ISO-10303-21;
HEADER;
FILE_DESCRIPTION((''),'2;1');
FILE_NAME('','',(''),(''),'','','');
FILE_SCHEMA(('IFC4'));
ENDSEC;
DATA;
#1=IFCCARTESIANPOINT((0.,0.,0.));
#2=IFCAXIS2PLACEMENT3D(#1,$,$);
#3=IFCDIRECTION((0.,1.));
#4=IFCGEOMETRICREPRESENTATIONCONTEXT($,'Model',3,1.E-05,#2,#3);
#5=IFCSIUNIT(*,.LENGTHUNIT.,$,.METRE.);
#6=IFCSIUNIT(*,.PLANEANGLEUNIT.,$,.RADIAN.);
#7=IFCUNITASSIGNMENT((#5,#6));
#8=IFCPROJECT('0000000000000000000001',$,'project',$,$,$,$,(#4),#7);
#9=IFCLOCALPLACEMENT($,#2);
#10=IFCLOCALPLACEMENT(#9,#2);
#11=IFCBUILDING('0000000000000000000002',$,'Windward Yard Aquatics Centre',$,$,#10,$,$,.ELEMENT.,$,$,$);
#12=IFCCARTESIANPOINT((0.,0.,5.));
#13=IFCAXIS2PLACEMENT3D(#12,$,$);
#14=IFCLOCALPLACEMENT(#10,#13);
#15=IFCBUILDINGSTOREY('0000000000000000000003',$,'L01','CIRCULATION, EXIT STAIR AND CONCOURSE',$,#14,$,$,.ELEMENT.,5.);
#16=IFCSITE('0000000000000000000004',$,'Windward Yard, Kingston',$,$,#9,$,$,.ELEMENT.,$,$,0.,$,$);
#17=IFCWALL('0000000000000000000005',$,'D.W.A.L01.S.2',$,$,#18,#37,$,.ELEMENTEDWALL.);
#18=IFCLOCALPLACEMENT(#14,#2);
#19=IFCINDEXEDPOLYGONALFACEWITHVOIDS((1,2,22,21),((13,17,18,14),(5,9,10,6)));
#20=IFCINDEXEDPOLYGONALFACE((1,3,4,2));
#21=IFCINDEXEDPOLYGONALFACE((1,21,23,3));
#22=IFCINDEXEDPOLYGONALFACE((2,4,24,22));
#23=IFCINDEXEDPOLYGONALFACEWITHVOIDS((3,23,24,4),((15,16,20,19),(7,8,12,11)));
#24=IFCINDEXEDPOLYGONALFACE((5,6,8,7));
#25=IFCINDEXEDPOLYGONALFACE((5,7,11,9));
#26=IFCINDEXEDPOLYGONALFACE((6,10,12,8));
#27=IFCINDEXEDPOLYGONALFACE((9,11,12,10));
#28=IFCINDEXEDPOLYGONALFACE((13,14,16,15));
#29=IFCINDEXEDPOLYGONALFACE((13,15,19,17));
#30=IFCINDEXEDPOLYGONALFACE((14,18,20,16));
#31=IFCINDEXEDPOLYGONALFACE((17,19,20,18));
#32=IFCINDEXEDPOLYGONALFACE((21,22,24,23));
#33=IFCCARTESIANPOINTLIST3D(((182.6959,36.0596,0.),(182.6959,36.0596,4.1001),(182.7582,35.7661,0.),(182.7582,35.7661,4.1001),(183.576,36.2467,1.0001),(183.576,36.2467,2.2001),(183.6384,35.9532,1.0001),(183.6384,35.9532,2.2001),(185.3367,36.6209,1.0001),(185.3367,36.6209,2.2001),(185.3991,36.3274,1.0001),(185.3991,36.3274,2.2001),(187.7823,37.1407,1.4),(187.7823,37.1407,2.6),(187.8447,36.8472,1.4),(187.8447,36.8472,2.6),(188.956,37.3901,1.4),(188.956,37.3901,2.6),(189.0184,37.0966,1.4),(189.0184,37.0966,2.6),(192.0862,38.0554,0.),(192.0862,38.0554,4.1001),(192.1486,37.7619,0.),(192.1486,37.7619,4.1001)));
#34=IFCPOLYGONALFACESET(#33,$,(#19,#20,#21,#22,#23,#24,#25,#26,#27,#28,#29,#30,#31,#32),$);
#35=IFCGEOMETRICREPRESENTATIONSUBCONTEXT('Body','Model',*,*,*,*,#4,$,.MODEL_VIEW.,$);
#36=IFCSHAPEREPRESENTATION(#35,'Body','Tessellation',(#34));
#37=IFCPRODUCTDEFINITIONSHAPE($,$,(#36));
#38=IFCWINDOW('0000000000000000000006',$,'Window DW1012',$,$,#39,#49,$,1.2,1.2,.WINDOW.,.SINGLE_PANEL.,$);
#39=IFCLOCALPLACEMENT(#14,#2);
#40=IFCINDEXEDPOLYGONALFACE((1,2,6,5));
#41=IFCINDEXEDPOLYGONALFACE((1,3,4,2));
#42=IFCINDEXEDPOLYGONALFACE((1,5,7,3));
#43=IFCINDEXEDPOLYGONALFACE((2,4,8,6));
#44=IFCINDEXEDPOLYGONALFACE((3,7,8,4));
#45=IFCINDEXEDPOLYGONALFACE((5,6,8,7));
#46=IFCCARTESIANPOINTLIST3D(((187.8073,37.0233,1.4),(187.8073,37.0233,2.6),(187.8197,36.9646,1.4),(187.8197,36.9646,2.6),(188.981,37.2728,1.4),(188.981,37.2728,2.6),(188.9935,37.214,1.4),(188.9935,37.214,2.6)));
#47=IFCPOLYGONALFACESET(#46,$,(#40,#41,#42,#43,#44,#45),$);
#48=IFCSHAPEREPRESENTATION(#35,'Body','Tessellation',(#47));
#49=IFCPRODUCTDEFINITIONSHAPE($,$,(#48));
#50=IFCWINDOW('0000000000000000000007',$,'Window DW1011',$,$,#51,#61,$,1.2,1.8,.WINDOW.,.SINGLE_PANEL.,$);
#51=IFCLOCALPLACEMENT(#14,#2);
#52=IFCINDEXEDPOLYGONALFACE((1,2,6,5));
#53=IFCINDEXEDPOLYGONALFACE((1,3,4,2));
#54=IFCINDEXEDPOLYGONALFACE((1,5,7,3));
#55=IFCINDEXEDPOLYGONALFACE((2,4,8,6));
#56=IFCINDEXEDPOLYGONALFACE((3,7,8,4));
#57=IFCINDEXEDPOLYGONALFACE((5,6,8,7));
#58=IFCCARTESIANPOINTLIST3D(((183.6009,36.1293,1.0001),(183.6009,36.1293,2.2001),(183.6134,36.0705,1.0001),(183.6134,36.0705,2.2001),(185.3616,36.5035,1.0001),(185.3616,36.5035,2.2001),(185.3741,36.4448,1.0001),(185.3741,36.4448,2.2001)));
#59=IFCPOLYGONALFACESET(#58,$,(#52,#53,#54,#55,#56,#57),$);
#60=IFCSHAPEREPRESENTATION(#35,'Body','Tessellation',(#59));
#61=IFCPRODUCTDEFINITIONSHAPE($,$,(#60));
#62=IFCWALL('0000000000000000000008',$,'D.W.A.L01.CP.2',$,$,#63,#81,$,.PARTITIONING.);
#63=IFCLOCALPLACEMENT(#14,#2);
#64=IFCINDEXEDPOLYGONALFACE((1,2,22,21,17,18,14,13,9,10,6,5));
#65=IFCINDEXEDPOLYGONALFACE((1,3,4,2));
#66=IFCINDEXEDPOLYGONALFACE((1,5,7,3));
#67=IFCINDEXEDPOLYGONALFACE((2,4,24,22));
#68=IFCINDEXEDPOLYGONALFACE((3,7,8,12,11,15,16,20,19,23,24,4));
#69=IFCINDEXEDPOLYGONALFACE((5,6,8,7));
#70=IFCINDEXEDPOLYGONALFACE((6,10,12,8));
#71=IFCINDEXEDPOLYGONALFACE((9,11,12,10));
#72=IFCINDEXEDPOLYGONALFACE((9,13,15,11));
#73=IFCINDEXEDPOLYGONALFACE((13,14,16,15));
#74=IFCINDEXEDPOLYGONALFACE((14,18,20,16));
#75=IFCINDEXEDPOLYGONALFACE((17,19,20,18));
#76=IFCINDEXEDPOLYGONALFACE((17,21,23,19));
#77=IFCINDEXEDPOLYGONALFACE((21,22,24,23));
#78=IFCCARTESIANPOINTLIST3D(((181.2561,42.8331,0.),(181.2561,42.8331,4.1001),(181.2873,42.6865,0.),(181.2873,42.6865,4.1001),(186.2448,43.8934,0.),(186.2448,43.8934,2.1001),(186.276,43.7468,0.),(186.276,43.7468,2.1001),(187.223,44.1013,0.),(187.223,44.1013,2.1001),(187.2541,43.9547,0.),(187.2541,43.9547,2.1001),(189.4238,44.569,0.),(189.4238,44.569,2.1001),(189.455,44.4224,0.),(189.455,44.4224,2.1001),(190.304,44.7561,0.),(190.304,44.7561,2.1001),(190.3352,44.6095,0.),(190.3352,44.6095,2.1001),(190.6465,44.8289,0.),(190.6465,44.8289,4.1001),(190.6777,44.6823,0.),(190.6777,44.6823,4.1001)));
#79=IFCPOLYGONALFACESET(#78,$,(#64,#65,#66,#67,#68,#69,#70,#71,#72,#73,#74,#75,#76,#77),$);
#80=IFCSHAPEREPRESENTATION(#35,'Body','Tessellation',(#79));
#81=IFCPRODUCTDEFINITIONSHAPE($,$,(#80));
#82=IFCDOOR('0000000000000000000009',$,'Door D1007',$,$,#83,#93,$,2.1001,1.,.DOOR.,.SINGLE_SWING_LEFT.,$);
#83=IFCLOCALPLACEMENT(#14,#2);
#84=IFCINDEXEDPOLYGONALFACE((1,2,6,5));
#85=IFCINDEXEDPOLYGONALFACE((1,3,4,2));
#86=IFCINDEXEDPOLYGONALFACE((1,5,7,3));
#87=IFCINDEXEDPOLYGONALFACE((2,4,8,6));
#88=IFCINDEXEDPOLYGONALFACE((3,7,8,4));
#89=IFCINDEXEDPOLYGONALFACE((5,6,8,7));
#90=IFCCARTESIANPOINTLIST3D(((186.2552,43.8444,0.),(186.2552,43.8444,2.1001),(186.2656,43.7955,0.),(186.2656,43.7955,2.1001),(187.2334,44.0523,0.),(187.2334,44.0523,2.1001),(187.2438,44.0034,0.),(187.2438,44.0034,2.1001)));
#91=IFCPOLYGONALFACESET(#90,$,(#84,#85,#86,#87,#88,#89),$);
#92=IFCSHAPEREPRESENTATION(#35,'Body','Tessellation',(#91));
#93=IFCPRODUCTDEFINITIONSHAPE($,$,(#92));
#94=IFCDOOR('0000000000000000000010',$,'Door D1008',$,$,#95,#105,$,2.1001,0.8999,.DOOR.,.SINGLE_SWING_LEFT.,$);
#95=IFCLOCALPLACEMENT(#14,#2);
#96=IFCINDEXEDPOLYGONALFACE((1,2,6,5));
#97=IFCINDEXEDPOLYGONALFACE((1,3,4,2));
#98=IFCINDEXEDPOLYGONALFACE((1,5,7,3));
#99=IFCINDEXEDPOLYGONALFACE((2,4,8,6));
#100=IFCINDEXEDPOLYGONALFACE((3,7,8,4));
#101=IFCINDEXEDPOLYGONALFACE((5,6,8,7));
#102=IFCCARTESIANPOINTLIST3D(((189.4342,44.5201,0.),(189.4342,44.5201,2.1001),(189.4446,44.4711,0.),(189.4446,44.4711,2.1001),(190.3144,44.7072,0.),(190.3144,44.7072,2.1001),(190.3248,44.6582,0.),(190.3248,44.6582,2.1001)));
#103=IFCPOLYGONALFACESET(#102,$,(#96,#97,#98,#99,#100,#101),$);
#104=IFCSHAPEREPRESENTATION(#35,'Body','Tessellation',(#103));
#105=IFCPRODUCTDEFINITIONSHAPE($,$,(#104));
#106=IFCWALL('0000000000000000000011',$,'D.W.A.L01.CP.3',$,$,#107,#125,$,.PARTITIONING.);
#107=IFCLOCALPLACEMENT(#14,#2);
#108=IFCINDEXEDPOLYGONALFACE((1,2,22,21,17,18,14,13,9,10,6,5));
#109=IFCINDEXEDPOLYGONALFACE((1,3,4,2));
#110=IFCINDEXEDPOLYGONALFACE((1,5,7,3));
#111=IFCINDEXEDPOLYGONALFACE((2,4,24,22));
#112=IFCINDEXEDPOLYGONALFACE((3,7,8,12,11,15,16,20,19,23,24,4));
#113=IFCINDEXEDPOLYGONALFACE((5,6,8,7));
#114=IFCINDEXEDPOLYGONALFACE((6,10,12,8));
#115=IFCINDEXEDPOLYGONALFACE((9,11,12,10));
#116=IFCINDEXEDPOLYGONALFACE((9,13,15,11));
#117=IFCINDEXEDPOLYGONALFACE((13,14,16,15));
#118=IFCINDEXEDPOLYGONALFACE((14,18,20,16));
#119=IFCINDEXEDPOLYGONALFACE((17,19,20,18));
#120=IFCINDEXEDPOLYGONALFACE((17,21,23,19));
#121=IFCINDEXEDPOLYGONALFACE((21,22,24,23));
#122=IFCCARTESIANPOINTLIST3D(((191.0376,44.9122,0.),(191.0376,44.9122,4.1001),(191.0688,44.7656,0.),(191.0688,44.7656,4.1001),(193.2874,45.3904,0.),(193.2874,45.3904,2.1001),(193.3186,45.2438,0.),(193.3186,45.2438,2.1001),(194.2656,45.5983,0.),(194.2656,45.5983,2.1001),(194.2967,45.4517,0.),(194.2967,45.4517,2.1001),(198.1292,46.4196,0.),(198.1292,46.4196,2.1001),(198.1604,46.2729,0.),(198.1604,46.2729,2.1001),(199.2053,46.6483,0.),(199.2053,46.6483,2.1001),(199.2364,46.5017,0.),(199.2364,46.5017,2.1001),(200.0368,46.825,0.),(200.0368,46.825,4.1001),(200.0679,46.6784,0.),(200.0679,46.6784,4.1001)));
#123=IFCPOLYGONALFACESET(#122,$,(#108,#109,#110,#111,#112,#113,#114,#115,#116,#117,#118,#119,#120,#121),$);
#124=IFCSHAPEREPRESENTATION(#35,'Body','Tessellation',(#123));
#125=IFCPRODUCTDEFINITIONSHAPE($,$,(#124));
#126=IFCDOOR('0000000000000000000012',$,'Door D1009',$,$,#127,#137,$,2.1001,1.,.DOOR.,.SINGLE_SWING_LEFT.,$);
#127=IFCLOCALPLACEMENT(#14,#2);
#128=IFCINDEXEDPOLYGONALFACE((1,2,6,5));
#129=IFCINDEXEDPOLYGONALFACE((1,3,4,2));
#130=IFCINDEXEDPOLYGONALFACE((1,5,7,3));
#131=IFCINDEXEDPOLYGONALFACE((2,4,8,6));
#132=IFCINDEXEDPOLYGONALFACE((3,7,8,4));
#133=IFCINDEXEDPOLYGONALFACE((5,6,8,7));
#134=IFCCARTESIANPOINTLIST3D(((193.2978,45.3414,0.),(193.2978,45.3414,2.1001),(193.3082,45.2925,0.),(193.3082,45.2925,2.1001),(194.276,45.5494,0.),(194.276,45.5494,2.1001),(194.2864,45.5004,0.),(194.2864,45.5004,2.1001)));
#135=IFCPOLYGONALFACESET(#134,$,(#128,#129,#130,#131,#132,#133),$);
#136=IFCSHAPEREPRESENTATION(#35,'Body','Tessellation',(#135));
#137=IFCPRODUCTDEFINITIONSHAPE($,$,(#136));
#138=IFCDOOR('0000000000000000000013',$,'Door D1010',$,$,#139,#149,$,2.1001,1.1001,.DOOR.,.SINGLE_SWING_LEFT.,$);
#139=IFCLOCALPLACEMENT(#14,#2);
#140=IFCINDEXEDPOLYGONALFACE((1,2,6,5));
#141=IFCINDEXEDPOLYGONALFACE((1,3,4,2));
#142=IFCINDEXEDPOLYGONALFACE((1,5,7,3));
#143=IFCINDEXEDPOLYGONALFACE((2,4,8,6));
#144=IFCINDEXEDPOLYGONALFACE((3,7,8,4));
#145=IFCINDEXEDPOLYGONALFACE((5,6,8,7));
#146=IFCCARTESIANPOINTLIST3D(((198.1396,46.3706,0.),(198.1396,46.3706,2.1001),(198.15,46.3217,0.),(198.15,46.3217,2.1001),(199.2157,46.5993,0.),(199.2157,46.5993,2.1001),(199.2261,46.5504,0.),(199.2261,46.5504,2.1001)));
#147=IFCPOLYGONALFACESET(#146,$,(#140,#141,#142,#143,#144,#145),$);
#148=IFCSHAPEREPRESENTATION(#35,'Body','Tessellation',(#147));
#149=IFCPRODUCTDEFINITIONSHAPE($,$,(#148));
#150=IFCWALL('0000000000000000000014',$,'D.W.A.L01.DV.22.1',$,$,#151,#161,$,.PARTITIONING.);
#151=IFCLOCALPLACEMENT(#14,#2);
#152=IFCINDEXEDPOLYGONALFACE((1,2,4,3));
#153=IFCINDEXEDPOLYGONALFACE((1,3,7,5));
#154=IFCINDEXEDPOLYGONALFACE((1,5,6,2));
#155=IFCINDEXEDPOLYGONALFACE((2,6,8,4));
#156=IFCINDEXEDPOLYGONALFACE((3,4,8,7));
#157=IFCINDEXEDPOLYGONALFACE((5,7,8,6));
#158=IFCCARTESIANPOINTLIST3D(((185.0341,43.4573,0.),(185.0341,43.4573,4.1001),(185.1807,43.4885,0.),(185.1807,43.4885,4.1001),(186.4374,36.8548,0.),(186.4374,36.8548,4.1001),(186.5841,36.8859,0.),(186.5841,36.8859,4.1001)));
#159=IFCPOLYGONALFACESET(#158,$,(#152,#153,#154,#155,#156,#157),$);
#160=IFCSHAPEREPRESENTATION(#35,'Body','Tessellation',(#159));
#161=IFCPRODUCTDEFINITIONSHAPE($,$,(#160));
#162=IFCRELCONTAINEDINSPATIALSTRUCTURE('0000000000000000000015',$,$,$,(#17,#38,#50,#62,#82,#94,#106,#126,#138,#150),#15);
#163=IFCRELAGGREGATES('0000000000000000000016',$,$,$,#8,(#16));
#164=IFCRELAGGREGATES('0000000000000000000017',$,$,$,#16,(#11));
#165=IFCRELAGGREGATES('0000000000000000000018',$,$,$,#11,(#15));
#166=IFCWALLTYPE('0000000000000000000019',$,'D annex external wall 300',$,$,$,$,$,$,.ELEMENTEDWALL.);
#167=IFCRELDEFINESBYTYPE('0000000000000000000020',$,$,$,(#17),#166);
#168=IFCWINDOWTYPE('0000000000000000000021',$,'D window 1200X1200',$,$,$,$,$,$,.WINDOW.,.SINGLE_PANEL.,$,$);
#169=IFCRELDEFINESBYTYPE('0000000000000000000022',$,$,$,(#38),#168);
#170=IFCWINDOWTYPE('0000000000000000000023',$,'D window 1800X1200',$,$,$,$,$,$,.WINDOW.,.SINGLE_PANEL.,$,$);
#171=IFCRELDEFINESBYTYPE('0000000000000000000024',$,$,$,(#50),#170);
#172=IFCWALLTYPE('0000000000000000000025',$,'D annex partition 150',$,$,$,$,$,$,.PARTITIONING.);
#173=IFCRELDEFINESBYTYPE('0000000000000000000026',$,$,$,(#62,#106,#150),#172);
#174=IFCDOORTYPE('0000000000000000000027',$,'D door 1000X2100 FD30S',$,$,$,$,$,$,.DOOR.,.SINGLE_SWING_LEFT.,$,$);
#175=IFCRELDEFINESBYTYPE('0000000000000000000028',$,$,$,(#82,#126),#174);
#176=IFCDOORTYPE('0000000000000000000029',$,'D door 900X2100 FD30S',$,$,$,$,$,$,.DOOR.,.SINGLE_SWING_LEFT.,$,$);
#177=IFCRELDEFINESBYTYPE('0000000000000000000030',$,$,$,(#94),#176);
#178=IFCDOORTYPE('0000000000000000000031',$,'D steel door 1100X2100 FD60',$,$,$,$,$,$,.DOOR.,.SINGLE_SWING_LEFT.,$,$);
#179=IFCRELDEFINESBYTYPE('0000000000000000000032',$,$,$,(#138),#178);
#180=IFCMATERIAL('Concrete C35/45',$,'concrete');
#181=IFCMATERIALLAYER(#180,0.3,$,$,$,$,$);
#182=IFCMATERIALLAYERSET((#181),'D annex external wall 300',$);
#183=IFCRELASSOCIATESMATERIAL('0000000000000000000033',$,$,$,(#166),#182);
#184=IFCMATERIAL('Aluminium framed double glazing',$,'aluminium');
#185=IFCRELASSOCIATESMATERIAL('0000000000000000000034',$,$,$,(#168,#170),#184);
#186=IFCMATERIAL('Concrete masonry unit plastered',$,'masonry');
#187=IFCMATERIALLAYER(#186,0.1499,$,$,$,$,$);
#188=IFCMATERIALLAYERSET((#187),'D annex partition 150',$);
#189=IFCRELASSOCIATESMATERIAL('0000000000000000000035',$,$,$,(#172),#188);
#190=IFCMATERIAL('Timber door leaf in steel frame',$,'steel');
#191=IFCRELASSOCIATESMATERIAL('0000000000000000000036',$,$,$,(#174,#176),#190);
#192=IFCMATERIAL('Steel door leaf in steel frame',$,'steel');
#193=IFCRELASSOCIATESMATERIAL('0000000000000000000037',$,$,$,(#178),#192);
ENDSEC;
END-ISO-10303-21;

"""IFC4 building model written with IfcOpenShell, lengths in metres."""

from ifc_helpers import new_model, si_unit, direction, frame, frame_2d, origin, place, context, subcontext, project, spatial, rectangle, extrude, material, layer, layer_set, type_object, element, fill, save


model = new_model("IFC4")

# Units and contexts
model_context = context("Model", 3, precision=1e-05, world=origin(), true_north=direction((0.0, 1.0)))
body_context = subcontext(model_context, "Body", "Model", "MODEL_VIEW")
ifc_project = project(units=[si_unit("LENGTHUNIT", "METRE"), si_unit("PLANEANGLEUNIT", "RADIAN")], contexts=[model_context])

# Site, building, storey
site_placement = place(None, origin())
site = spatial("IfcSite", under=ifc_project, at=site_placement, Name="Windward Yard, Kingston", CompositionType="ELEMENT", RefElevation=0.0)
building_placement = place(site_placement, origin())
building = spatial("IfcBuilding", under=site, at=building_placement, Name="Windward Yard Aquatics Centre", CompositionType="ELEMENT")
storey_placement = place(building_placement, frame((0.0, 0.0, 5.0)))
storey = spatial("IfcBuildingStorey", under=building, at=storey_placement, Name="L01", Description="CIRCULATION, EXIT STAIR AND CONCOURSE", CompositionType="ELEMENT", Elevation=5.0)

# Shared definitions
ifc_material_1 = material(Name="Concrete C35/45", Category="concrete")

# Wall, openings, windows
ifc_layer_1 = layer(ifc_material_1, 0.3)
ifc_layer_set_1 = layer_set([ifc_layer_1], Name="D annex external wall 300")
wall_type_1 = type_object("IfcWallType", Name="D annex external wall 300", PredefinedType="ELEMENTEDWALL", material=ifc_layer_set_1)
wall_1_placement = place(storey_placement, frame((182.7271, 35.9128, 0.0), z_axis=(0.0, 0.0, 1.0), x_axis=(0.978151, 0.207898, 0.0)))
wall_1 = element("IfcWall", 1, at=wall_1_placement, inside=storey, type_object=wall_type_1, Name="D.W.A.L01.S.2", PredefinedType="ELEMENTEDWALL", context=body_context, shape_type="SweptSolid", body=[
    extrude(rectangle(XDim=9.6001, YDim=0.3, at=frame_2d((4.8, 0.0))), origin(), (0.0, 0.0, 1.0), 4.1001),
])
opening_1_placement = place(wall_1_placement, frame((0.8999, 0.0, 1.0)))
opening_1 = element("IfcOpeningElement", 2, at=opening_1_placement, cuts=wall_1, PredefinedType="OPENING", context=body_context, shape_type="SweptSolid", body=[
    extrude(rectangle(XDim=1.8, YDim=1.2, at=frame_2d((0.8999, 0.6001))), frame((0.0, 0.1602, 0.0), z_axis=(0.0, -1.0, 0.0), x_axis=(1.0, 0.0, 0.0)), (0.0, 0.0, 1.0), 0.3201),
])
opening_2_placement = place(wall_1_placement, frame((5.2, 0.0, 1.3999)))
opening_2 = element("IfcOpeningElement", 3, at=opening_2_placement, cuts=wall_1, PredefinedType="OPENING", context=body_context, shape_type="SweptSolid", body=[
    extrude(rectangle(XDim=1.2, YDim=1.2, at=frame_2d((0.6001, 0.6001))), frame((0.0, 0.1602, 0.0), z_axis=(0.0, -1.0, 0.0), x_axis=(1.0, 0.0, 0.0)), (0.0, 0.0, 1.0), 0.3201),
])
ifc_material_2 = material(Name="Aluminium framed double glazing", Category="aluminium")
window_type_1 = type_object("IfcWindowType", Name="D window 1200X1200", PartitioningType="SINGLE_PANEL", PredefinedType="WINDOW", material=ifc_material_2)
window_1_placement = place(opening_2_placement, origin())
window_1 = element("IfcWindow", 4, at=window_1_placement, inside=storey, type_object=window_type_1, Name="Window DW1012", OverallHeight=1.2, OverallWidth=1.2, PartitioningType="SINGLE_PANEL", PredefinedType="WINDOW", context=body_context, shape_type="SweptSolid", body=[
    extrude(rectangle(XDim=1.2, YDim=1.2, at=frame_2d((0.6001, 0.6001))), frame((0.0, 0.03, 0.0), z_axis=(0.0, -1.0, 0.0), x_axis=(1.0, 0.0, 0.0)), (0.0, 0.0, 1.0), 0.0601),
])
fill(opening_2, window_1)
window_type_2 = type_object("IfcWindowType", Name="D window 1800X1200", PartitioningType="SINGLE_PANEL", PredefinedType="WINDOW", material=ifc_material_2)
window_2_placement = place(opening_1_placement, origin())
window_2 = element("IfcWindow", 5, at=window_2_placement, inside=storey, type_object=window_type_2, Name="Window DW1011", OverallHeight=1.2, OverallWidth=1.8, PartitioningType="SINGLE_PANEL", PredefinedType="WINDOW", context=body_context, shape_type="SweptSolid", body=[
    extrude(rectangle(XDim=1.8, YDim=1.2, at=frame_2d((0.8999, 0.6001))), frame((0.0, 0.03, 0.0), z_axis=(0.0, -1.0, 0.0), x_axis=(1.0, 0.0, 0.0)), (0.0, 0.0, 1.0), 0.0601),
])
fill(opening_1, window_2)

# Walls, openings, doors
ifc_material_3 = material(Name="Concrete masonry unit plastered", Category="masonry")
ifc_layer_2 = layer(ifc_material_3, 0.1499)
ifc_layer_set_2 = layer_set([ifc_layer_2], Name="D annex partition 150")
wall_type_2 = type_object("IfcWallType", Name="D annex partition 150", PredefinedType="PARTITIONING", material=ifc_layer_set_2)
wall_2_placement = place(storey_placement, frame((181.2717, 42.7598, 0.0), z_axis=(0.0, 0.0, 1.0), x_axis=(0.978151, 0.207898, 0.0)))
wall_2 = element("IfcWall", 6, at=wall_2_placement, inside=storey, type_object=wall_type_2, Name="D.W.A.L01.CP.2", PredefinedType="PARTITIONING", context=body_context, shape_type="SweptSolid", body=[
    extrude(rectangle(XDim=9.6001, YDim=0.1499, at=frame_2d((4.8, 0.0))), origin(), (0.0, 0.0, 1.0), 4.1001),
])
opening_3_placement = place(wall_2_placement, frame((5.1001, 0.0, 0.0)))
opening_3 = element("IfcOpeningElement", 7, at=opening_3_placement, cuts=wall_2, PredefinedType="OPENING", context=body_context, shape_type="SweptSolid", body=[
    extrude(rectangle(XDim=1.0, YDim=2.1001, at=frame_2d((0.5, 1.05))), frame((0.0, 0.085, 0.0), z_axis=(0.0, -1.0, 0.0), x_axis=(1.0, 0.0, 0.0)), (0.0, 0.0, 1.0), 0.1699),
])
opening_4_placement = place(wall_2_placement, frame((8.3501, 0.0, 0.0)))
opening_4 = element("IfcOpeningElement", 8, at=opening_4_placement, cuts=wall_2, PredefinedType="OPENING", context=body_context, shape_type="SweptSolid", body=[
    extrude(rectangle(XDim=0.8999, YDim=2.1001, at=frame_2d((0.45, 1.05))), frame((0.0, 0.085, 0.0), z_axis=(0.0, -1.0, 0.0), x_axis=(1.0, 0.0, 0.0)), (0.0, 0.0, 1.0), 0.1699),
])
ifc_material_4 = material(Name="Timber door leaf in steel frame", Category="steel")
door_type_1 = type_object("IfcDoorType", Name="D door 1000X2100 FD30S", OperationType="SINGLE_SWING_LEFT", PredefinedType="DOOR", material=ifc_material_4)
door_1_placement = place(opening_3_placement, origin())
door_1 = element("IfcDoor", 9, at=door_1_placement, inside=storey, type_object=door_type_1, Name="Door D1007", OperationType="SINGLE_SWING_LEFT", OverallHeight=2.1001, OverallWidth=1.0, PredefinedType="DOOR", context=body_context, shape_type="SweptSolid", body=[
    extrude(rectangle(XDim=1.0, YDim=2.1001, at=frame_2d((0.5, 1.05))), frame((0.0, 0.0249, 0.0), z_axis=(0.0, -1.0, 0.0), x_axis=(1.0, 0.0, 0.0)), (0.0, 0.0, 1.0), 0.05),
])
fill(opening_3, door_1)
door_type_2 = type_object("IfcDoorType", Name="D door 900X2100 FD30S", OperationType="SINGLE_SWING_LEFT", PredefinedType="DOOR", material=ifc_material_4)
door_2_placement = place(opening_4_placement, origin())
door_2 = element("IfcDoor", 10, at=door_2_placement, inside=storey, type_object=door_type_2, Name="Door D1008", OperationType="SINGLE_SWING_LEFT", OverallHeight=2.1001, OverallWidth=0.8999, PredefinedType="DOOR", context=body_context, shape_type="SweptSolid", body=[
    extrude(rectangle(XDim=0.8999, YDim=2.1001, at=frame_2d((0.45, 1.05))), frame((0.0, 0.0249, 0.0), z_axis=(0.0, -1.0, 0.0), x_axis=(1.0, 0.0, 0.0)), (0.0, 0.0, 1.0), 0.05),
])
fill(opening_4, door_2)
wall_3_placement = place(storey_placement, frame((191.0532, 44.8389, 0.0), z_axis=(0.0, 0.0, 1.0), x_axis=(0.978147, 0.207916, 0.0)))
wall_3 = element("IfcWall", 11, at=wall_3_placement, inside=storey, type_object=wall_type_2, Name="D.W.A.L01.CP.3", PredefinedType="PARTITIONING", context=body_context, shape_type="SweptSolid", body=[
    extrude(rectangle(XDim=9.2002, YDim=0.1499, at=frame_2d((4.6001, 0.0))), origin(), (0.0, 0.0, 1.0), 4.1001),
])
opening_5_placement = place(wall_3_placement, frame((2.3, 0.0, 0.0)))
opening_5 = element("IfcOpeningElement", 12, at=opening_5_placement, cuts=wall_3, PredefinedType="OPENING", context=body_context, shape_type="SweptSolid", body=[
    extrude(rectangle(XDim=1.0, YDim=2.1001, at=frame_2d((0.5, 1.05))), frame((0.0, 0.085, 0.0), z_axis=(0.0, -1.0, 0.0), x_axis=(1.0, 0.0, 0.0)), (0.0, 0.0, 1.0), 0.1699),
])
opening_6_placement = place(wall_3_placement, frame((7.25, 0.0, 0.0)))
opening_6 = element("IfcOpeningElement", 13, at=opening_6_placement, cuts=wall_3, PredefinedType="OPENING", context=body_context, shape_type="SweptSolid", body=[
    extrude(rectangle(XDim=1.1001, YDim=2.1001, at=frame_2d((0.55, 1.05))), frame((0.0, 0.085, 0.0), z_axis=(0.0, -1.0, 0.0), x_axis=(1.0, 0.0, 0.0)), (0.0, 0.0, 1.0), 0.1699),
])
door_3_placement = place(opening_5_placement, origin())
door_3 = element("IfcDoor", 14, at=door_3_placement, inside=storey, type_object=door_type_1, Name="Door D1009", OperationType="SINGLE_SWING_LEFT", OverallHeight=2.1001, OverallWidth=1.0, PredefinedType="DOOR", context=body_context, shape_type="SweptSolid", body=[
    extrude(rectangle(XDim=1.0, YDim=2.1001, at=frame_2d((0.5, 1.05))), frame((0.0, 0.0249, 0.0), z_axis=(0.0, -1.0, 0.0), x_axis=(1.0, 0.0, 0.0)), (0.0, 0.0, 1.0), 0.05),
])
fill(opening_5, door_3)
ifc_material_5 = material(Name="Steel door leaf in steel frame", Category="steel")
door_type_3 = type_object("IfcDoorType", Name="D steel door 1100X2100 FD60", OperationType="SINGLE_SWING_LEFT", PredefinedType="DOOR", material=ifc_material_5)
door_4_placement = place(opening_6_placement, origin())
door_4 = element("IfcDoor", 15, at=door_4_placement, inside=storey, type_object=door_type_3, Name="Door D1010", OperationType="SINGLE_SWING_LEFT", OverallHeight=2.1001, OverallWidth=1.1001, PredefinedType="DOOR", context=body_context, shape_type="SweptSolid", body=[
    extrude(rectangle(XDim=1.1001, YDim=2.1001, at=frame_2d((0.55, 1.05))), frame((0.0, 0.0249, 0.0), z_axis=(0.0, -1.0, 0.0), x_axis=(1.0, 0.0, 0.0)), (0.0, 0.0, 1.0), 0.05),
])
fill(opening_6, door_4)

# Wall
for number, where, z_axis, x_axis, name in (
    (16, (186.5107, 36.8704, 0.0), (0.0, 0.0, 1.0), (-0.207899, 0.97815, 0.0), "D.W.A.L01.DV.22.1"),
):
    element("IfcWall", number, at=place(storey_placement, frame(where, z_axis=z_axis, x_axis=x_axis)), inside=storey, type_object=wall_type_2, Name=name, PredefinedType="PARTITIONING", context=body_context, shape_type="SweptSolid", body=[
        extrude(rectangle(XDim=6.75, YDim=0.1499, at=frame_2d((3.375, 0.0))), origin(), (0.0, 0.0, 1.0), 4.1001),
    ])

save(model, "model.ifc")
